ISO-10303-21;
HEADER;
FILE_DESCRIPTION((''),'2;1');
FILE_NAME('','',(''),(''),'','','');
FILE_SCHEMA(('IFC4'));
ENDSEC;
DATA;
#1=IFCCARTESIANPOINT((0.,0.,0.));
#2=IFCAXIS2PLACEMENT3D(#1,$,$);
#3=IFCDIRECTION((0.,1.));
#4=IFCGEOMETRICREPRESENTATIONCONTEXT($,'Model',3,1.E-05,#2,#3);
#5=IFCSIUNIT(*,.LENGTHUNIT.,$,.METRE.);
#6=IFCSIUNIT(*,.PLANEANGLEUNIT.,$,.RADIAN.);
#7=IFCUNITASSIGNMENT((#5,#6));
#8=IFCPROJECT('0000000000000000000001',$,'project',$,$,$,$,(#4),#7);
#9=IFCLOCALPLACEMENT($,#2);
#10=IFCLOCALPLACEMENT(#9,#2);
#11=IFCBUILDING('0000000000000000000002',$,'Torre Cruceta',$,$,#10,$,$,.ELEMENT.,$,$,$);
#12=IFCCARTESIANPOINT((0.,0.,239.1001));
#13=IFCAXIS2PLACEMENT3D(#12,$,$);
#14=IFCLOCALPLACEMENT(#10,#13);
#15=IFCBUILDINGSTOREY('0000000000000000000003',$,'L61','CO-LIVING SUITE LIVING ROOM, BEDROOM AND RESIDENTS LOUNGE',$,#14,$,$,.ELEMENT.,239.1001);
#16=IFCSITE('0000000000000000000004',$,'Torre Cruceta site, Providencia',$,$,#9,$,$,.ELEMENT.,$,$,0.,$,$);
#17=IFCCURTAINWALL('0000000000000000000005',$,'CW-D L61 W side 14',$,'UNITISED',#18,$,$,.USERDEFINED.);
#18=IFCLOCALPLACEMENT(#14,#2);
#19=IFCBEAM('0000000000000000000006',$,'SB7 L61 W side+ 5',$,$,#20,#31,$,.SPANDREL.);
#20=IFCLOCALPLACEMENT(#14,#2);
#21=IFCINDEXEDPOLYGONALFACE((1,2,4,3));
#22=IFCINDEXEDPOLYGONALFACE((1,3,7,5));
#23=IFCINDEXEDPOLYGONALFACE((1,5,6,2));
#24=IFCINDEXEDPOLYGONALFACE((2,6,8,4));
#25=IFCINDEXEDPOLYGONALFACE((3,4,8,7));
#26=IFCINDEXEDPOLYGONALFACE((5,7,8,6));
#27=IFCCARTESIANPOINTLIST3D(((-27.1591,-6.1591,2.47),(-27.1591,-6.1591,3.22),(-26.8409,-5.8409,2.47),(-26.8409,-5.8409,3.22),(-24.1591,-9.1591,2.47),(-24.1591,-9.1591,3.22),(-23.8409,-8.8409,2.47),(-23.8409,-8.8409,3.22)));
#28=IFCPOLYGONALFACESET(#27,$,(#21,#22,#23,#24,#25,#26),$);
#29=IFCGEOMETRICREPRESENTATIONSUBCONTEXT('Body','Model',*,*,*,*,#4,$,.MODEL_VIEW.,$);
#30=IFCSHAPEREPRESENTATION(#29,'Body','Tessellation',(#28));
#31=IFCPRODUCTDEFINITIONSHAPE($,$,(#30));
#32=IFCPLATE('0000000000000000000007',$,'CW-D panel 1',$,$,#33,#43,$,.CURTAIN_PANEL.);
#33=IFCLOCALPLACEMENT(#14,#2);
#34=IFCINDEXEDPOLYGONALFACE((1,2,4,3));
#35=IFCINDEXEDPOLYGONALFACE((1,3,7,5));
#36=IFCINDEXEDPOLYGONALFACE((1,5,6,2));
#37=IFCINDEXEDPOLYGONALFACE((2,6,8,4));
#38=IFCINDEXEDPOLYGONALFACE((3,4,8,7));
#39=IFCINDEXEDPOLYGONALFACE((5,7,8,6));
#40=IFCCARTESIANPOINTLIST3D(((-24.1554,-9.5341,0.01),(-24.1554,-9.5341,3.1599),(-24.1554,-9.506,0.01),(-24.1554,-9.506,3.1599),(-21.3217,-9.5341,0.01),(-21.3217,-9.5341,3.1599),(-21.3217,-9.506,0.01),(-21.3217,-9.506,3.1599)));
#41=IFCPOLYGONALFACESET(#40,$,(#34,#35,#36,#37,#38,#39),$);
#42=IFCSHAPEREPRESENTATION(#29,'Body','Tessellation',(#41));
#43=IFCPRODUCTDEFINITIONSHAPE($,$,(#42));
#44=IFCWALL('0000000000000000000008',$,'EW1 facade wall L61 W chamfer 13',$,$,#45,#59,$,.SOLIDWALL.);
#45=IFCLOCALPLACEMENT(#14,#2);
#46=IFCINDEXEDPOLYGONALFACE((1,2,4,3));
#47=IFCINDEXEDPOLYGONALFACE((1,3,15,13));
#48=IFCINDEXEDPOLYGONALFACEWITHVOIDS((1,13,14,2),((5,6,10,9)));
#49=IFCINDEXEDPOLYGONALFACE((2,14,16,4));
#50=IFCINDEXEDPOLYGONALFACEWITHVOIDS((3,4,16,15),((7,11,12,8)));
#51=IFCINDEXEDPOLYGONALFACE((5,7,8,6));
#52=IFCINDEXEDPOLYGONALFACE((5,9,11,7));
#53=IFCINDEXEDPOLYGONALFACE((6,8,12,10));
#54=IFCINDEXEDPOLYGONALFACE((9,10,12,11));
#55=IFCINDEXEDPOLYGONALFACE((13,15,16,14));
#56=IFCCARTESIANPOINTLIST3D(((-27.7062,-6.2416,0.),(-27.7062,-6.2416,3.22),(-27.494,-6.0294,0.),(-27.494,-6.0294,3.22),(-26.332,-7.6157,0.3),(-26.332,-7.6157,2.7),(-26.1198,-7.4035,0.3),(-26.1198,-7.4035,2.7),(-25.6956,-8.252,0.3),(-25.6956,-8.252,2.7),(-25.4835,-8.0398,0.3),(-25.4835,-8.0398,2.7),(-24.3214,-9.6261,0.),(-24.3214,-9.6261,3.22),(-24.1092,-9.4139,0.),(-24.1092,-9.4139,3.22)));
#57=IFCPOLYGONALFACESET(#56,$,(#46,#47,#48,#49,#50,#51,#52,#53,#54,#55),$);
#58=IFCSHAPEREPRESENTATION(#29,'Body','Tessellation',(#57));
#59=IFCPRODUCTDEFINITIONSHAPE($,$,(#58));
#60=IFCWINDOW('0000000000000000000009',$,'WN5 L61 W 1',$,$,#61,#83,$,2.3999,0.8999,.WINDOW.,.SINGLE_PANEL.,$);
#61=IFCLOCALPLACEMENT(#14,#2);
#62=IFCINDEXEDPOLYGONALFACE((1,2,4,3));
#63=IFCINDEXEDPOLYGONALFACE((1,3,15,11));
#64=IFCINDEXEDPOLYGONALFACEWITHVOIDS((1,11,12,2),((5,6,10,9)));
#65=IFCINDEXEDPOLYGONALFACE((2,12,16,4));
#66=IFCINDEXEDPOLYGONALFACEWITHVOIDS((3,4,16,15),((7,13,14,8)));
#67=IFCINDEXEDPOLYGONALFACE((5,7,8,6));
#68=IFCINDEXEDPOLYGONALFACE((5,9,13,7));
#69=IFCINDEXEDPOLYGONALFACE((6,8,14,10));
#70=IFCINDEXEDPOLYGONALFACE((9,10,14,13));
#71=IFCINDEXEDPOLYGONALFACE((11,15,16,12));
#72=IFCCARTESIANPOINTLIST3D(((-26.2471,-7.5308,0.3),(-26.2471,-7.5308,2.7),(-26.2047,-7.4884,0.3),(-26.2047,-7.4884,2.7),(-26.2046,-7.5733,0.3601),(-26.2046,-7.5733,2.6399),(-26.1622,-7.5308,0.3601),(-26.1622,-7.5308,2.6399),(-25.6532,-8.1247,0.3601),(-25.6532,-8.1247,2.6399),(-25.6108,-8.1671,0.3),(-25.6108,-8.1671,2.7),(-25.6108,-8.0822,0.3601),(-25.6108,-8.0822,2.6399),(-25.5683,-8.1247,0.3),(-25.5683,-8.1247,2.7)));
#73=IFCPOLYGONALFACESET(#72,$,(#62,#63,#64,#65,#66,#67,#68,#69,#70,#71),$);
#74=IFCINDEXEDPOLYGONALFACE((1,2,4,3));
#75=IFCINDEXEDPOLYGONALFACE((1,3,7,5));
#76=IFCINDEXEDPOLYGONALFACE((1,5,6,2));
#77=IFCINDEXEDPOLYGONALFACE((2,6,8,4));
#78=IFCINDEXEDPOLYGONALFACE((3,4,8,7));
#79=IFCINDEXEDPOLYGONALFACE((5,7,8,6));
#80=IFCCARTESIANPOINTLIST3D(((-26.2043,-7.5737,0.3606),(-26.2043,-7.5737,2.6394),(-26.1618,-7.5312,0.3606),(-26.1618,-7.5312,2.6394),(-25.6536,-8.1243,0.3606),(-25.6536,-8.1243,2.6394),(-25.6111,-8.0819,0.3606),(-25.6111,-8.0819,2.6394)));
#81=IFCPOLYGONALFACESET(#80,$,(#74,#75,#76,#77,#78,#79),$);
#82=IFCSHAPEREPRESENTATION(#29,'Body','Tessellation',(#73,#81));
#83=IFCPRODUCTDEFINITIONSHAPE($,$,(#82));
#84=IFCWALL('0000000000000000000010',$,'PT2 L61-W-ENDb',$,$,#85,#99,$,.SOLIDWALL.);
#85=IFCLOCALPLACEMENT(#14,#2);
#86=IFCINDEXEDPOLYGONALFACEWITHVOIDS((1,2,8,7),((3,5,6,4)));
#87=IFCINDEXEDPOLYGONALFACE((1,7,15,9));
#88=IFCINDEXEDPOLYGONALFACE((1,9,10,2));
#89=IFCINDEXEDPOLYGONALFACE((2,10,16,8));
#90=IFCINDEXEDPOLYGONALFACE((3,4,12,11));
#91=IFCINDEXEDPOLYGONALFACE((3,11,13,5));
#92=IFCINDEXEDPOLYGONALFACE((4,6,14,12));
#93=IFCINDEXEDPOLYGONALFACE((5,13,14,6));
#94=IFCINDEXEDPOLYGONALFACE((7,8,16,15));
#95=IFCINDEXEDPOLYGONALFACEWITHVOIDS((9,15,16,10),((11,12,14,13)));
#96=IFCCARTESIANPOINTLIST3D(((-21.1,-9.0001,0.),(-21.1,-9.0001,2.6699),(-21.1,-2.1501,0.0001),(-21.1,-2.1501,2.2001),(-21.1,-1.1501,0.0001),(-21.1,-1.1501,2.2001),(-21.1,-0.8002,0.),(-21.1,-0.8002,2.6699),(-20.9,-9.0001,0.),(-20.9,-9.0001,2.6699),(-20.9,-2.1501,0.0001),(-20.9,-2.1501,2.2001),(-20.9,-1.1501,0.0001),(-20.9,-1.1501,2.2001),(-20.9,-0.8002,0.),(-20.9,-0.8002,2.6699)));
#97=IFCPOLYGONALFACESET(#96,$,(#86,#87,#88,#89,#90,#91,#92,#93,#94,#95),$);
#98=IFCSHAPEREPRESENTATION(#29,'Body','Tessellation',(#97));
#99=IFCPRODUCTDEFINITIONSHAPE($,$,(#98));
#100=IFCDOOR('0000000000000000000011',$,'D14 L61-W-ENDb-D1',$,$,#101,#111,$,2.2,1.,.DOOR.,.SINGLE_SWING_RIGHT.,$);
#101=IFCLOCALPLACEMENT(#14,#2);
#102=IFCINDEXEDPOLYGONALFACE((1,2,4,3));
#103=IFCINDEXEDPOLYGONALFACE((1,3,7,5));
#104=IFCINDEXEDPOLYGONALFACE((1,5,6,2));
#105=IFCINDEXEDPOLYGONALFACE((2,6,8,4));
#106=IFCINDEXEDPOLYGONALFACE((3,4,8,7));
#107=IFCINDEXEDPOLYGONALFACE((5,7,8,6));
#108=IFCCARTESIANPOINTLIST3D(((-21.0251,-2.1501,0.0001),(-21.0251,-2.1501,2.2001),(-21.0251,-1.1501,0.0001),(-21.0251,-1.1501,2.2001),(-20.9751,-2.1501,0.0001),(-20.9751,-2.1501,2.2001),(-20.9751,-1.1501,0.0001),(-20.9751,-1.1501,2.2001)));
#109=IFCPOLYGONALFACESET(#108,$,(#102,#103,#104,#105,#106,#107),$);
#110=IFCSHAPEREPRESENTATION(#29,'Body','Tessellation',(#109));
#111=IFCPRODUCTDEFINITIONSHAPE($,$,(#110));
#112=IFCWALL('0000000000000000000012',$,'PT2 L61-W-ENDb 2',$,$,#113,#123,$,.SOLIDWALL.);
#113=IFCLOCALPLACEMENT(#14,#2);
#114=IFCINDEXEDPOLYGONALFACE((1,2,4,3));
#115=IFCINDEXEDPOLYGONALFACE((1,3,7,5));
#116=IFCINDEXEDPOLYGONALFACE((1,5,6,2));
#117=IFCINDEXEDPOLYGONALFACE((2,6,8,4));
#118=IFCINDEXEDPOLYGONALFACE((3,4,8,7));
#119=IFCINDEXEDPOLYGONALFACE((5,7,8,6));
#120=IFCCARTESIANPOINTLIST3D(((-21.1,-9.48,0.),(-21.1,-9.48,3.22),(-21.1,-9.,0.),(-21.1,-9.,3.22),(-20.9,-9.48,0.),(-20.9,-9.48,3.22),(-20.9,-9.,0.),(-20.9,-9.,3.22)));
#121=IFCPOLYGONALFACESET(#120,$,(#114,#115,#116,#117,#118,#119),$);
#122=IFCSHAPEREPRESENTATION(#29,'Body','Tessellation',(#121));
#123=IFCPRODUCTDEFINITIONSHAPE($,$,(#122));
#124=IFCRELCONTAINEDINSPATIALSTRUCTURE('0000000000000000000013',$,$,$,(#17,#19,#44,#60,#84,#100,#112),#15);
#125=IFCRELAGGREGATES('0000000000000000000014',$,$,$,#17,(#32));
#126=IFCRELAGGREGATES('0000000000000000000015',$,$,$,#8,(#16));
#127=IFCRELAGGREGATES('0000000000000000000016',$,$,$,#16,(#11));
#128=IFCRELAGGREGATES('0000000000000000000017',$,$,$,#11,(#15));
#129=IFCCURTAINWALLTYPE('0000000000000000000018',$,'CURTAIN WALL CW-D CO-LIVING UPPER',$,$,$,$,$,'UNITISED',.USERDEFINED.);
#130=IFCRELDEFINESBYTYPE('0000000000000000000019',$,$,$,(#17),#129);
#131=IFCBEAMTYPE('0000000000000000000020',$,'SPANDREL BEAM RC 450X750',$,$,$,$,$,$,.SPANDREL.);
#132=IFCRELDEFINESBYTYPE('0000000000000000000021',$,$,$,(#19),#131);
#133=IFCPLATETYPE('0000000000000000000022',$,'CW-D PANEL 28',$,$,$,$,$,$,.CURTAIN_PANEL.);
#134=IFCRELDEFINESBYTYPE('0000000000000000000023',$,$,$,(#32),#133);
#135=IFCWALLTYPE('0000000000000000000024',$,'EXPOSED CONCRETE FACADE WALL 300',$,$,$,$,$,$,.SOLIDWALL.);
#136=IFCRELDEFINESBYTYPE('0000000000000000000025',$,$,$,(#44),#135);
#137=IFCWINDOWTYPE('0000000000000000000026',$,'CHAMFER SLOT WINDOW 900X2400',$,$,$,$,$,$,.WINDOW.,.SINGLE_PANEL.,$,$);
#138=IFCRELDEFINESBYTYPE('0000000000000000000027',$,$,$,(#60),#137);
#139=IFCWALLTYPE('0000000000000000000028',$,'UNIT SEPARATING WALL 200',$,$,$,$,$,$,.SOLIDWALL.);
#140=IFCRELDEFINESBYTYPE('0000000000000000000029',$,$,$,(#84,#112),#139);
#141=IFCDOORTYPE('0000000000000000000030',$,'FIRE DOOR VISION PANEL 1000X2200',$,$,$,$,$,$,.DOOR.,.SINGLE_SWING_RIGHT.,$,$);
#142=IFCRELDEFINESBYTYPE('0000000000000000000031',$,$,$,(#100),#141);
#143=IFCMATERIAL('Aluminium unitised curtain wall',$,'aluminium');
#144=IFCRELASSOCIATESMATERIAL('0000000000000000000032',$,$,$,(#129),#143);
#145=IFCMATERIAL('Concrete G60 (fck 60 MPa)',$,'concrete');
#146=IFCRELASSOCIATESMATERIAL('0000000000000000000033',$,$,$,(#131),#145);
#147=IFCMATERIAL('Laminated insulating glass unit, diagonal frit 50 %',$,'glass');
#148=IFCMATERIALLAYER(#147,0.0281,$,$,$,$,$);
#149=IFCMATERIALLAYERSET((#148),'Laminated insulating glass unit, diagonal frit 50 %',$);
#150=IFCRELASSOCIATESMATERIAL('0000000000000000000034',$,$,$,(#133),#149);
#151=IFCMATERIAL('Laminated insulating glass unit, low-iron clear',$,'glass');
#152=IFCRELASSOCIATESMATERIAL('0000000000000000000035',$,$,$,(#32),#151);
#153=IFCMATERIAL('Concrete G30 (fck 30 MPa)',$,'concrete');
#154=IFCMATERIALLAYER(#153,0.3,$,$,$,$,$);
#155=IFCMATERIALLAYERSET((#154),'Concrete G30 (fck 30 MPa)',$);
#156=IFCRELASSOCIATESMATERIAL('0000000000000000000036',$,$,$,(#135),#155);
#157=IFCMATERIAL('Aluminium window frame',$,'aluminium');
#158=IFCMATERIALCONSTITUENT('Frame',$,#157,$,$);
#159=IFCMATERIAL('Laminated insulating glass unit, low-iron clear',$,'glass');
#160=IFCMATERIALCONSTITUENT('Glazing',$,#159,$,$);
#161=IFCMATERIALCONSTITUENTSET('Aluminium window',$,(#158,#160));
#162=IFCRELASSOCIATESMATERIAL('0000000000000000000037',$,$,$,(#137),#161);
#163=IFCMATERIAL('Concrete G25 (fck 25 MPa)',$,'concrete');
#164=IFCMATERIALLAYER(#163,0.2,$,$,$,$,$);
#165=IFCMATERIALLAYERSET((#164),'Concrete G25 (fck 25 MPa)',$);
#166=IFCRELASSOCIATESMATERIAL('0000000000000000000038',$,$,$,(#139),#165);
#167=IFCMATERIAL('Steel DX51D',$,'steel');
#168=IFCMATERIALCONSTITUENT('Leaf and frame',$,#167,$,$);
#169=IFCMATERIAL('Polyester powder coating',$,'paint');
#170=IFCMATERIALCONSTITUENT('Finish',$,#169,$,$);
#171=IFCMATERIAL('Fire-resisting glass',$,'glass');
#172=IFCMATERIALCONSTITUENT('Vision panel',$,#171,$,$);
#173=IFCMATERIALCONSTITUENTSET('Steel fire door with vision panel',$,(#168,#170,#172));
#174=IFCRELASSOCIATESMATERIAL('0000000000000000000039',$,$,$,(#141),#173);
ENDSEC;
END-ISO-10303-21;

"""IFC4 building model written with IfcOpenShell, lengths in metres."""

from ifc_helpers import new_model, si_unit, direction, frame, frame_2d, origin, origin_2d, place, context, subcontext, project, spatial, rectangle, hollow_rectangle, extrude, material, layer, layer_set, constituent, constituent_set, material_profile, profile_set, type_object, element, fill, aggregate, save


model = new_model("IFC4")

# Units and contexts
model_context = context("Model", 3, precision=1e-05, world=origin(), true_north=direction((0.0, 1.0)))
body_context = subcontext(model_context, "Body", "Model", "MODEL_VIEW")
ifc_project = project(units=[si_unit("LENGTHUNIT", "METRE"), si_unit("PLANEANGLEUNIT", "RADIAN")], contexts=[model_context])

# Site, building, storey
site_placement = place(None, origin())
site = spatial("IfcSite", under=ifc_project, at=site_placement, Name="Torre Cruceta site, Providencia", CompositionType="ELEMENT", RefElevation=0.0)
building_placement = place(site_placement, origin())
building = spatial("IfcBuilding", under=site, at=building_placement, Name="Torre Cruceta", CompositionType="ELEMENT")
storey_placement = place(building_placement, frame((0.0, 0.0, 239.1001)))
storey = spatial("IfcBuildingStorey", under=building, at=storey_placement, Name="L61", Description="CO-LIVING SUITE LIVING ROOM, BEDROOM AND RESIDENTS LOUNGE", CompositionType="ELEMENT", Elevation=239.1001)

# Curtain wall
ifc_material_1 = material(Name="Aluminium unitised curtain wall", Category="aluminium")
curtain_wall_type = type_object("IfcCurtainWallType", Name="CURTAIN WALL CW-D CO-LIVING UPPER", ElementType="UNITISED", PredefinedType="USERDEFINED", material=ifc_material_1)
curtain_wall_placement = place(storey_placement, origin())
curtain_wall = element("IfcCurtainWall", 1, at=curtain_wall_placement, inside=storey, type_object=curtain_wall_type, Name="CW-D L61 W side 14", ObjectType="UNITISED", PredefinedType="USERDEFINED")

# Beam
ifc_material_2 = material(Name="Concrete G60 (fck 60 MPa)", Category="concrete")
ifc_material_profile_1 = material_profile(ifc_material_2, rectangle(XDim=0.45, YDim=0.75, at=origin_2d()), Name="RC 450X750")
ifc_profile_set_1 = profile_set([ifc_material_profile_1], Name="Concrete G60 (fck 60 MPa)")
beam_type_1 = type_object("IfcBeamType", Name="SPANDREL BEAM RC 450X750", PredefinedType="SPANDREL", material=ifc_profile_set_1)
beam_1_placement = place(storey_placement, frame((-24.0, -9.0, 2.845), z_axis=(-0.707107, 0.707107, 0.0), x_axis=(-0.707107, -0.707107, 0.0)))
element("IfcBeam", 2, at=beam_1_placement, inside=storey, type_object=beam_type_1, Name="SB7 L61 W side+ 5", PredefinedType="SPANDREL", context=body_context, shape_type="SweptSolid", body=[
    extrude(rectangle(XDim=0.45, YDim=0.75, at=origin_2d()), origin(), (0.0, 0.0, 1.0), 4.2427),
])

# Plate
ifc_material_3 = material(Name="Laminated insulating glass unit, low-iron clear", Category="glass")
ifc_material_4 = material(Name="Laminated insulating glass unit, diagonal frit 50 %", Category="glass")
ifc_layer_1 = layer(ifc_material_4, 0.0281)
ifc_layer_set_1 = layer_set([ifc_layer_1], Name="Laminated insulating glass unit, diagonal frit 50 %")
plate_type = type_object("IfcPlateType", Name="CW-D PANEL 28", PredefinedType="CURTAIN_PANEL", material=ifc_layer_set_1)
plate_placement = place(storey_placement, frame((-22.7385, -9.52, 0.01), z_axis=(0.0, 0.0, 1.0), x_axis=(1.0, 0.0, 0.0)))
plate = element("IfcPlate", 3, at=plate_placement, type_object=plate_type, material=ifc_material_3, Name="CW-D panel 1", PredefinedType="CURTAIN_PANEL", context=body_context, shape_type="SweptSolid", body=[
    extrude(rectangle(XDim=2.8337, YDim=0.0281, at=origin_2d()), origin(), (0.0, 0.0, 1.0), 3.1499),
])
aggregate(curtain_wall, [plate])

# Wall, opening, window
ifc_material_5 = material(Name="Concrete G30 (fck 30 MPa)", Category="concrete")
ifc_layer_2 = layer(ifc_material_5, 0.3)
ifc_layer_set_2 = layer_set([ifc_layer_2], Name="Concrete G30 (fck 30 MPa)")
wall_type_1 = type_object("IfcWallType", Name="EXPOSED CONCRETE FACADE WALL 300", PredefinedType="SOLIDWALL", material=ifc_layer_set_2)
wall_1_placement = place(storey_placement, frame((-27.6001, -6.1355, 0.0), z_axis=(0.0, 0.0, 1.0), x_axis=(0.707132, -0.707081, 0.0)))
wall_1 = element("IfcWall", 4, at=wall_1_placement, inside=storey, type_object=wall_type_1, Name="EW1 facade wall L61 W chamfer 13", PredefinedType="SOLIDWALL", context=body_context, shape_type="SweptSolid", body=[
    extrude(rectangle(XDim=4.7866, YDim=0.3, at=frame_2d((2.3933, 0.0))), origin(), (0.0, 0.0, 1.0), 3.22),
])
opening_1_placement = place(wall_1_placement, frame((1.9434, 0.0, 0.3)))
opening_1 = element("IfcOpeningElement", 5, at=opening_1_placement, cuts=wall_1, PredefinedType="OPENING", context=body_context, shape_type="SweptSolid", body=[
    extrude(rectangle(XDim=0.8999, YDim=2.3999, at=frame_2d((0.45, 1.2))), frame((0.0, 0.1599, 0.0), z_axis=(0.0, -1.0, 0.0), x_axis=(1.0, 0.0, 0.0)), (0.0, 0.0, 1.0), 0.3201),
])
ifc_material_6 = material(Name="Aluminium window frame", Category="aluminium")
ifc_constituent_1 = constituent(ifc_material_6, Name="Frame")
ifc_material_7 = material(Name="Laminated insulating glass unit, low-iron clear", Category="glass")
ifc_constituent_2 = constituent(ifc_material_7, Name="Glazing")
ifc_constituent_set_1 = constituent_set(constituents=[ifc_constituent_1, ifc_constituent_2], Name="Aluminium window")
window_type = type_object("IfcWindowType", Name="CHAMFER SLOT WINDOW 900X2400", PartitioningType="SINGLE_PANEL", PredefinedType="WINDOW", material=ifc_constituent_set_1)
window_placement = place(opening_1_placement, origin())
window = element("IfcWindow", 6, at=window_placement, inside=storey, type_object=window_type, Name="WN5 L61 W 1", OverallHeight=2.3999, OverallWidth=0.8999, PartitioningType="SINGLE_PANEL", PredefinedType="WINDOW", context=body_context, shape_type="SweptSolid", body=[
    extrude(hollow_rectangle(XDim=0.8999, YDim=2.3999, WallThickness=0.0601, at=frame_2d((0.45, 1.2))), frame((0.0, 0.03, 0.0), z_axis=(0.0, -1.0, 0.0), x_axis=(1.0, 0.0, 0.0)), (0.0, 0.0, 1.0), 0.0601),
    extrude(rectangle(XDim=0.7788, YDim=2.2788, at=frame_2d((0.45, 1.2))), frame((0.0, 0.03, 0.0), z_axis=(0.0, -1.0, 0.0), x_axis=(1.0, 0.0, 0.0)), (0.0, 0.0, 1.0), 0.0601),
])
fill(opening_1, window)

# Wall, opening, door
ifc_material_8 = material(Name="Concrete G25 (fck 25 MPa)", Category="concrete")
ifc_layer_3 = layer(ifc_material_8, 0.2)
ifc_layer_set_3 = layer_set([ifc_layer_3], Name="Concrete G25 (fck 25 MPa)")
wall_type_2 = type_object("IfcWallType", Name="UNIT SEPARATING WALL 200", PredefinedType="SOLIDWALL", material=ifc_layer_set_3)
wall_2_placement = place(storey_placement, frame((-21.0, -0.8, 0.0), z_axis=(0.0, 0.0, 1.0), x_axis=(0.0, -1.0, 0.0)))
wall_2 = element("IfcWall", 7, at=wall_2_placement, inside=storey, type_object=wall_type_2, Name="PT2 L61-W-ENDb", PredefinedType="SOLIDWALL", context=body_context, shape_type="SweptSolid", body=[
    extrude(rectangle(XDim=8.2, YDim=0.2, at=frame_2d((4.1001, 0.0))), origin(), (0.0, 0.0, 1.0), 2.6699),
])
opening_2_placement = place(wall_2_placement, frame((0.3501, 0.0, 0.0)))
opening_2 = element("IfcOpeningElement", 8, at=opening_2_placement, cuts=wall_2, PredefinedType="OPENING", context=body_context, shape_type="SweptSolid", body=[
    extrude(rectangle(XDim=1.0, YDim=2.2, at=frame_2d((0.5, 1.1001))), frame((0.0, 0.1099, 0.0), z_axis=(0.0, -1.0, 0.0), x_axis=(1.0, 0.0, 0.0)), (0.0, 0.0, 1.0), 0.22),
])
ifc_material_9 = material(Name="Steel DX51D", Category="steel")
ifc_constituent_3 = constituent(ifc_material_9, Name="Leaf and frame")
ifc_material_10 = material(Name="Polyester powder coating", Category="paint")
ifc_constituent_4 = constituent(ifc_material_10, Name="Finish")
ifc_material_11 = material(Name="Fire-resisting glass", Category="glass")
ifc_constituent_5 = constituent(ifc_material_11, Name="Vision panel")
ifc_constituent_set_2 = constituent_set(constituents=[ifc_constituent_3, ifc_constituent_4, ifc_constituent_5], Name="Steel fire door with vision panel")
door_type = type_object("IfcDoorType", Name="FIRE DOOR VISION PANEL 1000X2200", OperationType="SINGLE_SWING_RIGHT", PredefinedType="DOOR", material=ifc_constituent_set_2)
door_placement = place(opening_2_placement, frame((1.0, 0.0, 0.0), z_axis=(0.0, 0.0, 1.0), x_axis=(-1.0, 0.0, 0.0)))
door = element("IfcDoor", 9, at=door_placement, inside=storey, type_object=door_type, Name="D14 L61-W-ENDb-D1", OperationType="SINGLE_SWING_RIGHT", OverallHeight=2.2, OverallWidth=1.0, PredefinedType="DOOR", context=body_context, shape_type="SweptSolid", body=[
    extrude(rectangle(XDim=1.0, YDim=2.2, at=frame_2d((0.5, 1.1001))), frame((0.0, 0.0251, 0.0), z_axis=(0.0, -1.0, 0.0), x_axis=(1.0, 0.0, 0.0)), (0.0, 0.0, 1.0), 0.05),
])
fill(opening_2, door)

# Wall
wall_3_placement = place(storey_placement, frame((-21.0, -9.0, 0.0), z_axis=(0.0, 0.0, 1.0), x_axis=(0.0, -1.0, 0.0)))
element("IfcWall", 10, at=wall_3_placement, inside=storey, type_object=wall_type_2, Name="PT2 L61-W-ENDb 2", PredefinedType="SOLIDWALL", context=body_context, shape_type="SweptSolid", body=[
    extrude(rectangle(XDim=0.48, YDim=0.2, at=frame_2d((0.24, 0.0))), origin(), (0.0, 0.0, 1.0), 3.22),
])

save(model, "model.ifc")
